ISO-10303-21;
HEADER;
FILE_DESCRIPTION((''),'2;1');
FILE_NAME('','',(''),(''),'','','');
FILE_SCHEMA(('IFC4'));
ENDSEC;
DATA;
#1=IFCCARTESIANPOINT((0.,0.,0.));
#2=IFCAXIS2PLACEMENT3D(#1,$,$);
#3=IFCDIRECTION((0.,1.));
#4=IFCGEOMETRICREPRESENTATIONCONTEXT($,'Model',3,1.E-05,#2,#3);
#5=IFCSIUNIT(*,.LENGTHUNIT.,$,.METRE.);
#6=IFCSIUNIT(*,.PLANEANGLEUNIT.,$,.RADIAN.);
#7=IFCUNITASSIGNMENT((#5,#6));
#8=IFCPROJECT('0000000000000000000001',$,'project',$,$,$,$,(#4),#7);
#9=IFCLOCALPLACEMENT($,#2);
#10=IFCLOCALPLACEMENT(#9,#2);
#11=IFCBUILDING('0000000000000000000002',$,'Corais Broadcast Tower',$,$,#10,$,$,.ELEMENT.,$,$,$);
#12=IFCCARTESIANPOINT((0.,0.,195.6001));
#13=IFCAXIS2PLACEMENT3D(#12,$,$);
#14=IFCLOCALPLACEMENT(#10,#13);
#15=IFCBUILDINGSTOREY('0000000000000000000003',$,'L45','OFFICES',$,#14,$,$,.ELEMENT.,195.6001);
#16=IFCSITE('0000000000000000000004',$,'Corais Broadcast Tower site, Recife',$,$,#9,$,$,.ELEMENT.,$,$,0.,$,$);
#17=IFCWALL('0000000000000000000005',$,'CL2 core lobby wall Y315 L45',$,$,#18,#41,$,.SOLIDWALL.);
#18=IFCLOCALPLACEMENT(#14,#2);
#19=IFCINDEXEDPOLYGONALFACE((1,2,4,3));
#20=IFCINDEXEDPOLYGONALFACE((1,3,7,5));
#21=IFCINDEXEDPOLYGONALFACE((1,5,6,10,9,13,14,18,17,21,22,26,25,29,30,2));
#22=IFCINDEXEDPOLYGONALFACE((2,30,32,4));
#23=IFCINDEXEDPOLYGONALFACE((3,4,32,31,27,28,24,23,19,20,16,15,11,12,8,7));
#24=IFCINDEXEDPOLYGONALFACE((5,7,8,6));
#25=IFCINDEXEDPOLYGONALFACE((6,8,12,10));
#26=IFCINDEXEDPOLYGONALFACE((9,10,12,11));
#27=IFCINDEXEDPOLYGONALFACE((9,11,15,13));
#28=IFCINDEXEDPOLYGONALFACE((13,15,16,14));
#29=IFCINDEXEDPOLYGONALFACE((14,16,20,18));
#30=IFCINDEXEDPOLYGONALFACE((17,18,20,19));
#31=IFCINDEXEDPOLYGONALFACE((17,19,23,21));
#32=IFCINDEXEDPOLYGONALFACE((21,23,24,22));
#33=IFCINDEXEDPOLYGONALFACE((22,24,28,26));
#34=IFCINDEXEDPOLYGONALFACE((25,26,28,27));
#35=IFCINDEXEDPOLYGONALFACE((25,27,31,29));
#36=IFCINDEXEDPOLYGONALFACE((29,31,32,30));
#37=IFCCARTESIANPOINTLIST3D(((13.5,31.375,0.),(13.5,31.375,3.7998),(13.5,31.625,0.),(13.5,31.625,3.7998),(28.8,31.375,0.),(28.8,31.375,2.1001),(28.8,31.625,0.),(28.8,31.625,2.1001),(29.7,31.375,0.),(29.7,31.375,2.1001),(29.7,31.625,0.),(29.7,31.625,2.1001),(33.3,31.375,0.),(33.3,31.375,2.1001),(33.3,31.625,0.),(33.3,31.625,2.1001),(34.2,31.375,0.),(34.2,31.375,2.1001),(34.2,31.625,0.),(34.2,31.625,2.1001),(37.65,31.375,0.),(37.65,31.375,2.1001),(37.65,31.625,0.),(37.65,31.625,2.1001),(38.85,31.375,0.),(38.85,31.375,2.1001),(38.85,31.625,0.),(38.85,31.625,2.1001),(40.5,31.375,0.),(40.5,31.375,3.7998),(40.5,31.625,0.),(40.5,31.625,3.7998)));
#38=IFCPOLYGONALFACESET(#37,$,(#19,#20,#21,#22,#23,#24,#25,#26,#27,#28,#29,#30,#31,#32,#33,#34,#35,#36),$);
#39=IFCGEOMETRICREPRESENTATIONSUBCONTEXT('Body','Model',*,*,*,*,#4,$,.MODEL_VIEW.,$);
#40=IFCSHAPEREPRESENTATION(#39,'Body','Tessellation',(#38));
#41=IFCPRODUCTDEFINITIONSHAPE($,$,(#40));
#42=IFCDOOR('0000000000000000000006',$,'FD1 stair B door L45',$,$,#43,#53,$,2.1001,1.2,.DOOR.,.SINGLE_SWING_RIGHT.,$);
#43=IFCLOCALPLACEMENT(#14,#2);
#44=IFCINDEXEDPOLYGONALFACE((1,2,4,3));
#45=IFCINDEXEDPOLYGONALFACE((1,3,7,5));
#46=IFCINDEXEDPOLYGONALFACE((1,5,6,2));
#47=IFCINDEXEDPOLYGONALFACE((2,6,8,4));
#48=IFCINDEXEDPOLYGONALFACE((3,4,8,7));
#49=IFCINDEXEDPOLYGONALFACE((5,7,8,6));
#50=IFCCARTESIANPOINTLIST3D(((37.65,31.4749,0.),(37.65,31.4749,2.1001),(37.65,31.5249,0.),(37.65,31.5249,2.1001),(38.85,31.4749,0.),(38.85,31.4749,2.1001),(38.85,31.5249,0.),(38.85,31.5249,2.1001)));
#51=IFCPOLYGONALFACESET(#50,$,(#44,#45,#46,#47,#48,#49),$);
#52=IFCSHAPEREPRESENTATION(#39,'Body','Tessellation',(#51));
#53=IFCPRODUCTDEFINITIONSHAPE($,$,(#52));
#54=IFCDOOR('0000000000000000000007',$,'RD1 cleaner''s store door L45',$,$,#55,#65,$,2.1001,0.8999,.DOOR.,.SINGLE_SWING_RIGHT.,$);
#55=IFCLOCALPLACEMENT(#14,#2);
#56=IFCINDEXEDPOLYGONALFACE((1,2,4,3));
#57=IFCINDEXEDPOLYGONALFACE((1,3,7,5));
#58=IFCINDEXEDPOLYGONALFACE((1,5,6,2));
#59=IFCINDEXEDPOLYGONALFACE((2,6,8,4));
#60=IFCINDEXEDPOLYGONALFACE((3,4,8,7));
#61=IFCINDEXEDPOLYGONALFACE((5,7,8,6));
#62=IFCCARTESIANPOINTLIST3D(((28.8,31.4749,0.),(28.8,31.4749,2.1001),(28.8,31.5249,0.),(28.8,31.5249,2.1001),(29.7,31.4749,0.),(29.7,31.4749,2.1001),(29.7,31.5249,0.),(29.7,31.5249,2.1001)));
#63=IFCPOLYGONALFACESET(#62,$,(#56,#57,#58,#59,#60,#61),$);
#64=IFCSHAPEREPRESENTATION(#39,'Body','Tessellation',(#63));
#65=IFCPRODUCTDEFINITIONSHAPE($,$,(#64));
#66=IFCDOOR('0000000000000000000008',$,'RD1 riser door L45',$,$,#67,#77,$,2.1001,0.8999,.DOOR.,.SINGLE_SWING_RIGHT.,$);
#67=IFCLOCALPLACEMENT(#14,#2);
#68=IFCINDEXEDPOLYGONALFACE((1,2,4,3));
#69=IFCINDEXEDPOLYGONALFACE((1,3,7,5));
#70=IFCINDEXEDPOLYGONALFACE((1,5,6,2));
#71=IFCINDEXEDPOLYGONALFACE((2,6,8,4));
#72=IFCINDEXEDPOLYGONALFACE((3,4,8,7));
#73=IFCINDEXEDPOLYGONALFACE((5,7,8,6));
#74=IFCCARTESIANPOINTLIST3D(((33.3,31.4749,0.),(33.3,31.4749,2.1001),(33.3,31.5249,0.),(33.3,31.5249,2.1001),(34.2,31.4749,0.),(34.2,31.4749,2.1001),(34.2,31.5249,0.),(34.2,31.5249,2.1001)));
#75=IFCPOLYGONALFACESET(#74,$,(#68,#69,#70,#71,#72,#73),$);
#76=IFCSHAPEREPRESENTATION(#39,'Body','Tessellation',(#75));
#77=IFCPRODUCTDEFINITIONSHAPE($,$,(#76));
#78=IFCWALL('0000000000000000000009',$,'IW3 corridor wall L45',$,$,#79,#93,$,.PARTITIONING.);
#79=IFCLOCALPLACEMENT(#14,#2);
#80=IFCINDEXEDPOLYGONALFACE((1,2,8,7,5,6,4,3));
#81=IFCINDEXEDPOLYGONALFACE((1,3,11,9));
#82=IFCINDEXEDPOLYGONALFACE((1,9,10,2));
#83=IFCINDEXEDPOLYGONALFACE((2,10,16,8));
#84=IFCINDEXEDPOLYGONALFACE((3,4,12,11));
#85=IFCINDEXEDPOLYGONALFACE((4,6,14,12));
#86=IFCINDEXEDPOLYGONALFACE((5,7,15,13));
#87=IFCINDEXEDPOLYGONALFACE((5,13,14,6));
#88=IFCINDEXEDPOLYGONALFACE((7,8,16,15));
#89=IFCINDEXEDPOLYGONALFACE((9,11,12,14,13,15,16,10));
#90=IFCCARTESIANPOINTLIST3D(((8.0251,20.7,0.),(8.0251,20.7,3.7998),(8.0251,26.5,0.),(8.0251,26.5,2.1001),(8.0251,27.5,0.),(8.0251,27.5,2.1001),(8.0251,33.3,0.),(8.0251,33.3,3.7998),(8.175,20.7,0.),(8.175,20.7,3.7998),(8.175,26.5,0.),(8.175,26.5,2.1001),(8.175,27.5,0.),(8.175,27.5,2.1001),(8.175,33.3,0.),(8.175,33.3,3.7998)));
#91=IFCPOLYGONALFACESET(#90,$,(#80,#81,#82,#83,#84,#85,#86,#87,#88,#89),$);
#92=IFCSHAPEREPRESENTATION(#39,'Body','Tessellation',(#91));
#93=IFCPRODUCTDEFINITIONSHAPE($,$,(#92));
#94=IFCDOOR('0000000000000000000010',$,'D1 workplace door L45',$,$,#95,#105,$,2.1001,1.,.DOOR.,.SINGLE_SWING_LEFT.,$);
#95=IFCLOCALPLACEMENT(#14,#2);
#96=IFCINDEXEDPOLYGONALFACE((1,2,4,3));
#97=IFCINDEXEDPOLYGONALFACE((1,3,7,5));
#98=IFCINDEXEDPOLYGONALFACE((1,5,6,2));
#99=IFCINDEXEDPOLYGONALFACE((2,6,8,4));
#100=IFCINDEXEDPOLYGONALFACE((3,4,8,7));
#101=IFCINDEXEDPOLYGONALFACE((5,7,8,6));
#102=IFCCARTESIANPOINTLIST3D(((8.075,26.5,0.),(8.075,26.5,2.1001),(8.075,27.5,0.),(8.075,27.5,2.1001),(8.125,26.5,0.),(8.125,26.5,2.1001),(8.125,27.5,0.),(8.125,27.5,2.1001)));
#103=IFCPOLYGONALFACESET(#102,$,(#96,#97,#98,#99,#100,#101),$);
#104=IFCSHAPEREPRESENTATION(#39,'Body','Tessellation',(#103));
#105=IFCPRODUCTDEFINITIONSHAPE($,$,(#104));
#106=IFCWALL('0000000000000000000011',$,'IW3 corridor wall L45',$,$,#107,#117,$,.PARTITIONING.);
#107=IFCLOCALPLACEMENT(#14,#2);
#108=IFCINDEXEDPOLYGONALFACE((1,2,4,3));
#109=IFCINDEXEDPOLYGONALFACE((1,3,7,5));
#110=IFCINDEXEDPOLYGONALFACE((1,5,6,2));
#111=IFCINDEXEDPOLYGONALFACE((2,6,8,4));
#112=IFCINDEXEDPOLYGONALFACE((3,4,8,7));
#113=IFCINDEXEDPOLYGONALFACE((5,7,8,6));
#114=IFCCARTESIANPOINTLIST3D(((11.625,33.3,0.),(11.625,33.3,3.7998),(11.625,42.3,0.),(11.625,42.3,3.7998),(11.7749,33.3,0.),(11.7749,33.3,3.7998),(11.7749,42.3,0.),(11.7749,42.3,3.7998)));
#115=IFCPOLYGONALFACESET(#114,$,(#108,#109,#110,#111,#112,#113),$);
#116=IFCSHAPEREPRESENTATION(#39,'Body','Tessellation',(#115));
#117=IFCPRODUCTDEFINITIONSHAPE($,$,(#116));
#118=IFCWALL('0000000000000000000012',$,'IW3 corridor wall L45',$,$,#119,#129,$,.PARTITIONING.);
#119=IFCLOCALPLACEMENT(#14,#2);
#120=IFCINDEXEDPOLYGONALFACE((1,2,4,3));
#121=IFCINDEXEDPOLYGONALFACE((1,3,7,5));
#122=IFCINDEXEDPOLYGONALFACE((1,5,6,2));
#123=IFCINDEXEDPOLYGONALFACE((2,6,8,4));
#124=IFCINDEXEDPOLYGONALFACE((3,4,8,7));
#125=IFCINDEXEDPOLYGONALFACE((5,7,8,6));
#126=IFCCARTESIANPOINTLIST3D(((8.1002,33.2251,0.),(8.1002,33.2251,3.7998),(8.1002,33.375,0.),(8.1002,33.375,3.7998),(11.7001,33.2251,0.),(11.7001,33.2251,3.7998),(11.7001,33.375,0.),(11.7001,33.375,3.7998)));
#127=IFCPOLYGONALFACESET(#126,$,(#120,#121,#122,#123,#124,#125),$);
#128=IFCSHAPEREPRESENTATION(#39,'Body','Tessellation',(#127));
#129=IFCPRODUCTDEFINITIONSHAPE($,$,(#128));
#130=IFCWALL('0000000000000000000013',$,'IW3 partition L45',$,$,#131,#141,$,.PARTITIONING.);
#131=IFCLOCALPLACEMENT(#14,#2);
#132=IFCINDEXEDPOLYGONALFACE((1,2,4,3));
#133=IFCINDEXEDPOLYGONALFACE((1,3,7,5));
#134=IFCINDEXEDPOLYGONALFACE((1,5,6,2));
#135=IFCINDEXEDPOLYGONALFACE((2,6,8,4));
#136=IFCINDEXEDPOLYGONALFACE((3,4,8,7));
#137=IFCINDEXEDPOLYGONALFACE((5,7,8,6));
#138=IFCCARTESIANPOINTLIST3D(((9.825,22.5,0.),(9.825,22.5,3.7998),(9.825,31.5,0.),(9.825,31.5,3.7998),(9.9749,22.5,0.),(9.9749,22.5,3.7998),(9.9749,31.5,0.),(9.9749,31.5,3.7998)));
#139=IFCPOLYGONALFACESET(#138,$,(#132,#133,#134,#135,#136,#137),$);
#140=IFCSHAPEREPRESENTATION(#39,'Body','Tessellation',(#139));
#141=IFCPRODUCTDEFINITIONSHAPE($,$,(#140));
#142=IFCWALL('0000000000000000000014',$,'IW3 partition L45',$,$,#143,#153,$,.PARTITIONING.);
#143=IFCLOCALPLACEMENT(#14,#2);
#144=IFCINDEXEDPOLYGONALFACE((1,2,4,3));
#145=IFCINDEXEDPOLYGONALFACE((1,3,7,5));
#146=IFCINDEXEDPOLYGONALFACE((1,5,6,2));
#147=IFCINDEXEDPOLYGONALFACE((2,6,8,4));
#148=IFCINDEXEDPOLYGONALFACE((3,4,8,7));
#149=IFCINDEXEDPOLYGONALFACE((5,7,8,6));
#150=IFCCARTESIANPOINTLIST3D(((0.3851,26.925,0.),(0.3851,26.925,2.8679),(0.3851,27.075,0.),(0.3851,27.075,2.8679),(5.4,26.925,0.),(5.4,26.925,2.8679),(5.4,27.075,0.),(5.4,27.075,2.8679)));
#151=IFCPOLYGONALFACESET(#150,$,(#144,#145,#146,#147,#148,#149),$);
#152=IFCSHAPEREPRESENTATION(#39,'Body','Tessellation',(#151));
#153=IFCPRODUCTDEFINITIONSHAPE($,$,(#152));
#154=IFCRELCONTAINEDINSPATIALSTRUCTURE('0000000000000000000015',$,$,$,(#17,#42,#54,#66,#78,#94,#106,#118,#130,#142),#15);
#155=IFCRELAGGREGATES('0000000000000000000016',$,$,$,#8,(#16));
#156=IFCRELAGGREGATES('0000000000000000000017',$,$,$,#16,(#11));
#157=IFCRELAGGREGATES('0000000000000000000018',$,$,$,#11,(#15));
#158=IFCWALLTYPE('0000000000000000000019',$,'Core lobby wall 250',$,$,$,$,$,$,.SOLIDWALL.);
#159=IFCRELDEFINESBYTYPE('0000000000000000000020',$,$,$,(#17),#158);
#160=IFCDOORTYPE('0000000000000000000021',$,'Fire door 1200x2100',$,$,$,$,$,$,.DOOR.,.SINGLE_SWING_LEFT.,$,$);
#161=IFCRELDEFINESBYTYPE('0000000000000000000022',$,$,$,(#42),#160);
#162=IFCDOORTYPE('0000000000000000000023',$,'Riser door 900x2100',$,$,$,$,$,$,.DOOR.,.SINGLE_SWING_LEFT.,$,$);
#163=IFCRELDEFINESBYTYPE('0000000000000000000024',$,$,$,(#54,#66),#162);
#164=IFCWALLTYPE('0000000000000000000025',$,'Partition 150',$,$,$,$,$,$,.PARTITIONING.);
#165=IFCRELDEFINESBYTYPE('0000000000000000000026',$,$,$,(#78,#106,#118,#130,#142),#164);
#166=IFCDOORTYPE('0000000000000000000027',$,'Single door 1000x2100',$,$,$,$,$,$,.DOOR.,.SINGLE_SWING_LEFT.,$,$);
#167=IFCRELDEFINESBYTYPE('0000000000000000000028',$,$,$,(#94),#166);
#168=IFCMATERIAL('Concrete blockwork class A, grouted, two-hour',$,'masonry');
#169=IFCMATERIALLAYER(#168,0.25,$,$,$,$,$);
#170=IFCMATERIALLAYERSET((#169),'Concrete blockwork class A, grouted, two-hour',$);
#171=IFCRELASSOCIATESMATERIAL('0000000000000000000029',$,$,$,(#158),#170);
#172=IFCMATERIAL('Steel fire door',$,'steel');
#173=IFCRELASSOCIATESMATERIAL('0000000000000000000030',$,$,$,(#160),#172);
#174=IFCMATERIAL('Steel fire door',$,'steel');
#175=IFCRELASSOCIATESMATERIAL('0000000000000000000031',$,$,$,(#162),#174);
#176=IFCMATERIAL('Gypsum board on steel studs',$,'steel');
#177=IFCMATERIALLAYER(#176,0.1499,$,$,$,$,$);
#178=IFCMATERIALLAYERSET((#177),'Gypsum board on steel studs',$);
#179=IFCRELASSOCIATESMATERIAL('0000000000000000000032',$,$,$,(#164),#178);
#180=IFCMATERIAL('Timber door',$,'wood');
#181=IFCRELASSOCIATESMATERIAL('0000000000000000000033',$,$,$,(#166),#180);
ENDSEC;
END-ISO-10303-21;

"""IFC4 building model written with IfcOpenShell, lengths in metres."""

from ifc_helpers import new_model, si_unit, direction, frame, frame_2d, origin, place, context, subcontext, project, spatial, rectangle, extrude, material, layer, layer_set, type_object, element, fill, save


model = new_model("IFC4")

# Units and contexts
model_context = context("Model", 3, precision=1e-05, world=origin(), true_north=direction((0.0, 1.0)))
body_context = subcontext(model_context, "Body", "Model", "MODEL_VIEW")
ifc_project = project(units=[si_unit("LENGTHUNIT", "METRE"), si_unit("PLANEANGLEUNIT", "RADIAN")], contexts=[model_context])

# Site, building, storey
site_placement = place(None, origin())
site = spatial("IfcSite", under=ifc_project, at=site_placement, Name="Corais Broadcast Tower site, Recife", CompositionType="ELEMENT", RefElevation=0.0)
building_placement = place(site_placement, origin())
building = spatial("IfcBuilding", under=site, at=building_placement, Name="Corais Broadcast Tower", CompositionType="ELEMENT")
storey_placement = place(building_placement, frame((0.0, 0.0, 195.6001)))
storey = spatial("IfcBuildingStorey", under=building, at=storey_placement, Name="L45", Description="OFFICES", CompositionType="ELEMENT", Elevation=195.6001)

# Wall, openings, doors
ifc_material_1 = material(Name="Concrete blockwork class A, grouted, two-hour", Category="masonry")
ifc_layer_1 = layer(ifc_material_1, 0.25)
ifc_layer_set_1 = layer_set([ifc_layer_1], Name="Concrete blockwork class A, grouted, two-hour")
wall_type_1 = type_object("IfcWallType", Name="Core lobby wall 250", PredefinedType="SOLIDWALL", material=ifc_layer_set_1)
wall_1_placement = place(storey_placement, frame((13.5, 31.5, 0.0), z_axis=(0.0, 0.0, 1.0), x_axis=(1.0, 0.0, 0.0)))
wall_1 = element("IfcWall", 1, at=wall_1_placement, inside=storey, type_object=wall_type_1, Name="CL2 core lobby wall Y315 L45", PredefinedType="SOLIDWALL", context=body_context, shape_type="SweptSolid", body=[
    extrude(rectangle(XDim=27.0, YDim=0.25, at=frame_2d((13.5, 0.0))), origin(), (0.0, 0.0, 1.0), 3.7998),
])
opening_1_placement = place(wall_1_placement, frame((24.1499, 0.0, 0.0)))
opening_1 = element("IfcOpeningElement", 2, at=opening_1_placement, cuts=wall_1, PredefinedType="OPENING", context=body_context, shape_type="SweptSolid", body=[
    extrude(rectangle(XDim=1.2, YDim=2.1001, at=frame_2d((0.6001, 1.05))), frame((0.0, 0.135, 0.0), z_axis=(0.0, -1.0, 0.0), x_axis=(1.0, 0.0, 0.0)), (0.0, 0.0, 1.0), 0.27),
])
opening_2_placement = place(wall_1_placement, frame((15.3, 0.0, 0.0)))
opening_2 = element("IfcOpeningElement", 3, at=opening_2_placement, cuts=wall_1, PredefinedType="OPENING", context=body_context, shape_type="SweptSolid", body=[
    extrude(rectangle(XDim=0.8999, YDim=2.1001, at=frame_2d((0.45, 1.05))), frame((0.0, 0.135, 0.0), z_axis=(0.0, -1.0, 0.0), x_axis=(1.0, 0.0, 0.0)), (0.0, 0.0, 1.0), 0.27),
])
opening_3_placement = place(wall_1_placement, frame((19.8, 0.0, 0.0)))
opening_3 = element("IfcOpeningElement", 4, at=opening_3_placement, cuts=wall_1, PredefinedType="OPENING", context=body_context, shape_type="SweptSolid", body=[
    extrude(rectangle(XDim=0.8999, YDim=2.1001, at=frame_2d((0.45, 1.05))), frame((0.0, 0.135, 0.0), z_axis=(0.0, -1.0, 0.0), x_axis=(1.0, 0.0, 0.0)), (0.0, 0.0, 1.0), 0.27),
])
ifc_material_2 = material(Name="Steel fire door", Category="steel")
door_type_1 = type_object("IfcDoorType", Name="Fire door 1200x2100", OperationType="SINGLE_SWING_LEFT", PredefinedType="DOOR", material=ifc_material_2)
door_1_placement = place(opening_1_placement, origin())
door_1 = element("IfcDoor", 5, at=door_1_placement, inside=storey, type_object=door_type_1, Name="FD1 stair B door L45", OperationType="SINGLE_SWING_RIGHT", OverallHeight=2.1001, OverallWidth=1.2, PredefinedType="DOOR", context=body_context, shape_type="SweptSolid", body=[
    extrude(rectangle(XDim=1.2, YDim=2.1001, at=frame_2d((0.6001, 1.05))), frame((0.0, 0.0249, 0.0), z_axis=(0.0, -1.0, 0.0), x_axis=(1.0, 0.0, 0.0)), (0.0, 0.0, 1.0), 0.05),
])
fill(opening_1, door_1)
ifc_material_3 = material(Name="Steel fire door", Category="steel")
door_type_2 = type_object("IfcDoorType", Name="Riser door 900x2100", OperationType="SINGLE_SWING_LEFT", PredefinedType="DOOR", material=ifc_material_3)
door_2_placement = place(opening_2_placement, origin())
door_2 = element("IfcDoor", 6, at=door_2_placement, inside=storey, type_object=door_type_2, Name="RD1 cleaner's store door L45", OperationType="SINGLE_SWING_RIGHT", OverallHeight=2.1001, OverallWidth=0.8999, PredefinedType="DOOR", context=body_context, shape_type="SweptSolid", body=[
    extrude(rectangle(XDim=0.8999, YDim=2.1001, at=frame_2d((0.45, 1.05))), frame((0.0, 0.0249, 0.0), z_axis=(0.0, -1.0, 0.0), x_axis=(1.0, 0.0, 0.0)), (0.0, 0.0, 1.0), 0.05),
])
fill(opening_2, door_2)
door_3_placement = place(opening_3_placement, origin())
door_3 = element("IfcDoor", 7, at=door_3_placement, inside=storey, type_object=door_type_2, Name="RD1 riser door L45", OperationType="SINGLE_SWING_RIGHT", OverallHeight=2.1001, OverallWidth=0.8999, PredefinedType="DOOR", context=body_context, shape_type="SweptSolid", body=[
    extrude(rectangle(XDim=0.8999, YDim=2.1001, at=frame_2d((0.45, 1.05))), frame((0.0, 0.0249, 0.0), z_axis=(0.0, -1.0, 0.0), x_axis=(1.0, 0.0, 0.0)), (0.0, 0.0, 1.0), 0.05),
])
fill(opening_3, door_3)

# Wall, opening, door
ifc_material_4 = material(Name="Gypsum board on steel studs", Category="steel")
ifc_layer_2 = layer(ifc_material_4, 0.1499)
ifc_layer_set_2 = layer_set([ifc_layer_2], Name="Gypsum board on steel studs")
wall_type_2 = type_object("IfcWallType", Name="Partition 150", PredefinedType="PARTITIONING", material=ifc_layer_set_2)
wall_2_placement = place(storey_placement, frame((8.1001, 33.3, 0.0), z_axis=(0.0, 0.0, 1.0), x_axis=(0.0, -1.0, 0.0)))
wall_2 = element("IfcWall", 8, at=wall_2_placement, inside=storey, type_object=wall_type_2, Name="IW3 corridor wall L45", PredefinedType="PARTITIONING", context=body_context, shape_type="SweptSolid", body=[
    extrude(rectangle(XDim=12.6001, YDim=0.1499, at=frame_2d((6.3, 0.0))), origin(), (0.0, 0.0, 1.0), 3.7998),
])
opening_4_placement = place(wall_2_placement, frame((5.8, 0.0, 0.0)))
opening_4 = element("IfcOpeningElement", 9, at=opening_4_placement, cuts=wall_2, PredefinedType="OPENING", context=body_context, shape_type="SweptSolid", body=[
    extrude(rectangle(XDim=1.0, YDim=2.1001, at=frame_2d((0.5, 1.05))), frame((0.0, 0.085, 0.0), z_axis=(0.0, -1.0, 0.0), x_axis=(1.0, 0.0, 0.0)), (0.0, 0.0, 1.0), 0.1699),
])
ifc_material_5 = material(Name="Timber door", Category="wood")
door_type_3 = type_object("IfcDoorType", Name="Single door 1000x2100", OperationType="SINGLE_SWING_LEFT", PredefinedType="DOOR", material=ifc_material_5)
door_4_placement = place(opening_4_placement, origin())
door_4 = element("IfcDoor", 10, at=door_4_placement, inside=storey, type_object=door_type_3, Name="D1 workplace door L45", OperationType="SINGLE_SWING_LEFT", OverallHeight=2.1001, OverallWidth=1.0, PredefinedType="DOOR", context=body_context, shape_type="SweptSolid", body=[
    extrude(rectangle(XDim=1.0, YDim=2.1001, at=frame_2d((0.5, 1.05))), frame((0.0, 0.0249, 0.0), z_axis=(0.0, -1.0, 0.0), x_axis=(1.0, 0.0, 0.0)), (0.0, 0.0, 1.0), 0.05),
])
fill(opening_4, door_4)

# Walls
wall_3_placement = place(storey_placement, frame((11.7, 42.3, 0.0), z_axis=(0.0, 0.0, 1.0), x_axis=(0.0, -1.0, 0.0)))
element("IfcWall", 11, at=wall_3_placement, inside=storey, type_object=wall_type_2, Name="IW3 corridor wall L45", PredefinedType="PARTITIONING", context=body_context, shape_type="SweptSolid", body=[
    extrude(rectangle(XDim=9.0, YDim=0.1499, at=frame_2d((4.5, 0.0))), origin(), (0.0, 0.0, 1.0), 3.7998),
])
wall_4_placement = place(storey_placement, frame((11.7, 33.3, 0.0), z_axis=(0.0, 0.0, 1.0), x_axis=(-1.0, 0.0, 0.0)))
element("IfcWall", 12, at=wall_4_placement, inside=storey, type_object=wall_type_2, Name="IW3 corridor wall L45", PredefinedType="PARTITIONING", context=body_context, shape_type="SweptSolid", body=[
    extrude(rectangle(XDim=3.5999, YDim=0.1499, at=frame_2d((1.7998, 0.0))), origin(), (0.0, 0.0, 1.0), 3.7998),
])
wall_5_placement = place(storey_placement, frame((9.8999, 31.5, 0.0), z_axis=(0.0, 0.0, 1.0), x_axis=(0.0, -1.0, 0.0)))
element("IfcWall", 13, at=wall_5_placement, inside=storey, type_object=wall_type_2, Name="IW3 partition L45", PredefinedType="PARTITIONING", context=body_context, shape_type="SweptSolid", body=[
    extrude(rectangle(XDim=9.0, YDim=0.1499, at=frame_2d((4.5, 0.0))), origin(), (0.0, 0.0, 1.0), 3.7998),
])
wall_6_placement = place(storey_placement, frame((5.3999, 27.0, 0.0), z_axis=(0.0, 0.0, 1.0), x_axis=(-1.0, 0.0, 0.0)))
element("IfcWall", 14, at=wall_6_placement, inside=storey, type_object=wall_type_2, Name="IW3 partition L45", PredefinedType="PARTITIONING", context=body_context, shape_type="SweptSolid", body=[
    extrude(rectangle(XDim=5.0149, YDim=0.1499, at=frame_2d((2.5073, 0.0))), origin(), (0.0, 0.0, 1.0), 2.8679),
])

save(model, "model.ifc")
